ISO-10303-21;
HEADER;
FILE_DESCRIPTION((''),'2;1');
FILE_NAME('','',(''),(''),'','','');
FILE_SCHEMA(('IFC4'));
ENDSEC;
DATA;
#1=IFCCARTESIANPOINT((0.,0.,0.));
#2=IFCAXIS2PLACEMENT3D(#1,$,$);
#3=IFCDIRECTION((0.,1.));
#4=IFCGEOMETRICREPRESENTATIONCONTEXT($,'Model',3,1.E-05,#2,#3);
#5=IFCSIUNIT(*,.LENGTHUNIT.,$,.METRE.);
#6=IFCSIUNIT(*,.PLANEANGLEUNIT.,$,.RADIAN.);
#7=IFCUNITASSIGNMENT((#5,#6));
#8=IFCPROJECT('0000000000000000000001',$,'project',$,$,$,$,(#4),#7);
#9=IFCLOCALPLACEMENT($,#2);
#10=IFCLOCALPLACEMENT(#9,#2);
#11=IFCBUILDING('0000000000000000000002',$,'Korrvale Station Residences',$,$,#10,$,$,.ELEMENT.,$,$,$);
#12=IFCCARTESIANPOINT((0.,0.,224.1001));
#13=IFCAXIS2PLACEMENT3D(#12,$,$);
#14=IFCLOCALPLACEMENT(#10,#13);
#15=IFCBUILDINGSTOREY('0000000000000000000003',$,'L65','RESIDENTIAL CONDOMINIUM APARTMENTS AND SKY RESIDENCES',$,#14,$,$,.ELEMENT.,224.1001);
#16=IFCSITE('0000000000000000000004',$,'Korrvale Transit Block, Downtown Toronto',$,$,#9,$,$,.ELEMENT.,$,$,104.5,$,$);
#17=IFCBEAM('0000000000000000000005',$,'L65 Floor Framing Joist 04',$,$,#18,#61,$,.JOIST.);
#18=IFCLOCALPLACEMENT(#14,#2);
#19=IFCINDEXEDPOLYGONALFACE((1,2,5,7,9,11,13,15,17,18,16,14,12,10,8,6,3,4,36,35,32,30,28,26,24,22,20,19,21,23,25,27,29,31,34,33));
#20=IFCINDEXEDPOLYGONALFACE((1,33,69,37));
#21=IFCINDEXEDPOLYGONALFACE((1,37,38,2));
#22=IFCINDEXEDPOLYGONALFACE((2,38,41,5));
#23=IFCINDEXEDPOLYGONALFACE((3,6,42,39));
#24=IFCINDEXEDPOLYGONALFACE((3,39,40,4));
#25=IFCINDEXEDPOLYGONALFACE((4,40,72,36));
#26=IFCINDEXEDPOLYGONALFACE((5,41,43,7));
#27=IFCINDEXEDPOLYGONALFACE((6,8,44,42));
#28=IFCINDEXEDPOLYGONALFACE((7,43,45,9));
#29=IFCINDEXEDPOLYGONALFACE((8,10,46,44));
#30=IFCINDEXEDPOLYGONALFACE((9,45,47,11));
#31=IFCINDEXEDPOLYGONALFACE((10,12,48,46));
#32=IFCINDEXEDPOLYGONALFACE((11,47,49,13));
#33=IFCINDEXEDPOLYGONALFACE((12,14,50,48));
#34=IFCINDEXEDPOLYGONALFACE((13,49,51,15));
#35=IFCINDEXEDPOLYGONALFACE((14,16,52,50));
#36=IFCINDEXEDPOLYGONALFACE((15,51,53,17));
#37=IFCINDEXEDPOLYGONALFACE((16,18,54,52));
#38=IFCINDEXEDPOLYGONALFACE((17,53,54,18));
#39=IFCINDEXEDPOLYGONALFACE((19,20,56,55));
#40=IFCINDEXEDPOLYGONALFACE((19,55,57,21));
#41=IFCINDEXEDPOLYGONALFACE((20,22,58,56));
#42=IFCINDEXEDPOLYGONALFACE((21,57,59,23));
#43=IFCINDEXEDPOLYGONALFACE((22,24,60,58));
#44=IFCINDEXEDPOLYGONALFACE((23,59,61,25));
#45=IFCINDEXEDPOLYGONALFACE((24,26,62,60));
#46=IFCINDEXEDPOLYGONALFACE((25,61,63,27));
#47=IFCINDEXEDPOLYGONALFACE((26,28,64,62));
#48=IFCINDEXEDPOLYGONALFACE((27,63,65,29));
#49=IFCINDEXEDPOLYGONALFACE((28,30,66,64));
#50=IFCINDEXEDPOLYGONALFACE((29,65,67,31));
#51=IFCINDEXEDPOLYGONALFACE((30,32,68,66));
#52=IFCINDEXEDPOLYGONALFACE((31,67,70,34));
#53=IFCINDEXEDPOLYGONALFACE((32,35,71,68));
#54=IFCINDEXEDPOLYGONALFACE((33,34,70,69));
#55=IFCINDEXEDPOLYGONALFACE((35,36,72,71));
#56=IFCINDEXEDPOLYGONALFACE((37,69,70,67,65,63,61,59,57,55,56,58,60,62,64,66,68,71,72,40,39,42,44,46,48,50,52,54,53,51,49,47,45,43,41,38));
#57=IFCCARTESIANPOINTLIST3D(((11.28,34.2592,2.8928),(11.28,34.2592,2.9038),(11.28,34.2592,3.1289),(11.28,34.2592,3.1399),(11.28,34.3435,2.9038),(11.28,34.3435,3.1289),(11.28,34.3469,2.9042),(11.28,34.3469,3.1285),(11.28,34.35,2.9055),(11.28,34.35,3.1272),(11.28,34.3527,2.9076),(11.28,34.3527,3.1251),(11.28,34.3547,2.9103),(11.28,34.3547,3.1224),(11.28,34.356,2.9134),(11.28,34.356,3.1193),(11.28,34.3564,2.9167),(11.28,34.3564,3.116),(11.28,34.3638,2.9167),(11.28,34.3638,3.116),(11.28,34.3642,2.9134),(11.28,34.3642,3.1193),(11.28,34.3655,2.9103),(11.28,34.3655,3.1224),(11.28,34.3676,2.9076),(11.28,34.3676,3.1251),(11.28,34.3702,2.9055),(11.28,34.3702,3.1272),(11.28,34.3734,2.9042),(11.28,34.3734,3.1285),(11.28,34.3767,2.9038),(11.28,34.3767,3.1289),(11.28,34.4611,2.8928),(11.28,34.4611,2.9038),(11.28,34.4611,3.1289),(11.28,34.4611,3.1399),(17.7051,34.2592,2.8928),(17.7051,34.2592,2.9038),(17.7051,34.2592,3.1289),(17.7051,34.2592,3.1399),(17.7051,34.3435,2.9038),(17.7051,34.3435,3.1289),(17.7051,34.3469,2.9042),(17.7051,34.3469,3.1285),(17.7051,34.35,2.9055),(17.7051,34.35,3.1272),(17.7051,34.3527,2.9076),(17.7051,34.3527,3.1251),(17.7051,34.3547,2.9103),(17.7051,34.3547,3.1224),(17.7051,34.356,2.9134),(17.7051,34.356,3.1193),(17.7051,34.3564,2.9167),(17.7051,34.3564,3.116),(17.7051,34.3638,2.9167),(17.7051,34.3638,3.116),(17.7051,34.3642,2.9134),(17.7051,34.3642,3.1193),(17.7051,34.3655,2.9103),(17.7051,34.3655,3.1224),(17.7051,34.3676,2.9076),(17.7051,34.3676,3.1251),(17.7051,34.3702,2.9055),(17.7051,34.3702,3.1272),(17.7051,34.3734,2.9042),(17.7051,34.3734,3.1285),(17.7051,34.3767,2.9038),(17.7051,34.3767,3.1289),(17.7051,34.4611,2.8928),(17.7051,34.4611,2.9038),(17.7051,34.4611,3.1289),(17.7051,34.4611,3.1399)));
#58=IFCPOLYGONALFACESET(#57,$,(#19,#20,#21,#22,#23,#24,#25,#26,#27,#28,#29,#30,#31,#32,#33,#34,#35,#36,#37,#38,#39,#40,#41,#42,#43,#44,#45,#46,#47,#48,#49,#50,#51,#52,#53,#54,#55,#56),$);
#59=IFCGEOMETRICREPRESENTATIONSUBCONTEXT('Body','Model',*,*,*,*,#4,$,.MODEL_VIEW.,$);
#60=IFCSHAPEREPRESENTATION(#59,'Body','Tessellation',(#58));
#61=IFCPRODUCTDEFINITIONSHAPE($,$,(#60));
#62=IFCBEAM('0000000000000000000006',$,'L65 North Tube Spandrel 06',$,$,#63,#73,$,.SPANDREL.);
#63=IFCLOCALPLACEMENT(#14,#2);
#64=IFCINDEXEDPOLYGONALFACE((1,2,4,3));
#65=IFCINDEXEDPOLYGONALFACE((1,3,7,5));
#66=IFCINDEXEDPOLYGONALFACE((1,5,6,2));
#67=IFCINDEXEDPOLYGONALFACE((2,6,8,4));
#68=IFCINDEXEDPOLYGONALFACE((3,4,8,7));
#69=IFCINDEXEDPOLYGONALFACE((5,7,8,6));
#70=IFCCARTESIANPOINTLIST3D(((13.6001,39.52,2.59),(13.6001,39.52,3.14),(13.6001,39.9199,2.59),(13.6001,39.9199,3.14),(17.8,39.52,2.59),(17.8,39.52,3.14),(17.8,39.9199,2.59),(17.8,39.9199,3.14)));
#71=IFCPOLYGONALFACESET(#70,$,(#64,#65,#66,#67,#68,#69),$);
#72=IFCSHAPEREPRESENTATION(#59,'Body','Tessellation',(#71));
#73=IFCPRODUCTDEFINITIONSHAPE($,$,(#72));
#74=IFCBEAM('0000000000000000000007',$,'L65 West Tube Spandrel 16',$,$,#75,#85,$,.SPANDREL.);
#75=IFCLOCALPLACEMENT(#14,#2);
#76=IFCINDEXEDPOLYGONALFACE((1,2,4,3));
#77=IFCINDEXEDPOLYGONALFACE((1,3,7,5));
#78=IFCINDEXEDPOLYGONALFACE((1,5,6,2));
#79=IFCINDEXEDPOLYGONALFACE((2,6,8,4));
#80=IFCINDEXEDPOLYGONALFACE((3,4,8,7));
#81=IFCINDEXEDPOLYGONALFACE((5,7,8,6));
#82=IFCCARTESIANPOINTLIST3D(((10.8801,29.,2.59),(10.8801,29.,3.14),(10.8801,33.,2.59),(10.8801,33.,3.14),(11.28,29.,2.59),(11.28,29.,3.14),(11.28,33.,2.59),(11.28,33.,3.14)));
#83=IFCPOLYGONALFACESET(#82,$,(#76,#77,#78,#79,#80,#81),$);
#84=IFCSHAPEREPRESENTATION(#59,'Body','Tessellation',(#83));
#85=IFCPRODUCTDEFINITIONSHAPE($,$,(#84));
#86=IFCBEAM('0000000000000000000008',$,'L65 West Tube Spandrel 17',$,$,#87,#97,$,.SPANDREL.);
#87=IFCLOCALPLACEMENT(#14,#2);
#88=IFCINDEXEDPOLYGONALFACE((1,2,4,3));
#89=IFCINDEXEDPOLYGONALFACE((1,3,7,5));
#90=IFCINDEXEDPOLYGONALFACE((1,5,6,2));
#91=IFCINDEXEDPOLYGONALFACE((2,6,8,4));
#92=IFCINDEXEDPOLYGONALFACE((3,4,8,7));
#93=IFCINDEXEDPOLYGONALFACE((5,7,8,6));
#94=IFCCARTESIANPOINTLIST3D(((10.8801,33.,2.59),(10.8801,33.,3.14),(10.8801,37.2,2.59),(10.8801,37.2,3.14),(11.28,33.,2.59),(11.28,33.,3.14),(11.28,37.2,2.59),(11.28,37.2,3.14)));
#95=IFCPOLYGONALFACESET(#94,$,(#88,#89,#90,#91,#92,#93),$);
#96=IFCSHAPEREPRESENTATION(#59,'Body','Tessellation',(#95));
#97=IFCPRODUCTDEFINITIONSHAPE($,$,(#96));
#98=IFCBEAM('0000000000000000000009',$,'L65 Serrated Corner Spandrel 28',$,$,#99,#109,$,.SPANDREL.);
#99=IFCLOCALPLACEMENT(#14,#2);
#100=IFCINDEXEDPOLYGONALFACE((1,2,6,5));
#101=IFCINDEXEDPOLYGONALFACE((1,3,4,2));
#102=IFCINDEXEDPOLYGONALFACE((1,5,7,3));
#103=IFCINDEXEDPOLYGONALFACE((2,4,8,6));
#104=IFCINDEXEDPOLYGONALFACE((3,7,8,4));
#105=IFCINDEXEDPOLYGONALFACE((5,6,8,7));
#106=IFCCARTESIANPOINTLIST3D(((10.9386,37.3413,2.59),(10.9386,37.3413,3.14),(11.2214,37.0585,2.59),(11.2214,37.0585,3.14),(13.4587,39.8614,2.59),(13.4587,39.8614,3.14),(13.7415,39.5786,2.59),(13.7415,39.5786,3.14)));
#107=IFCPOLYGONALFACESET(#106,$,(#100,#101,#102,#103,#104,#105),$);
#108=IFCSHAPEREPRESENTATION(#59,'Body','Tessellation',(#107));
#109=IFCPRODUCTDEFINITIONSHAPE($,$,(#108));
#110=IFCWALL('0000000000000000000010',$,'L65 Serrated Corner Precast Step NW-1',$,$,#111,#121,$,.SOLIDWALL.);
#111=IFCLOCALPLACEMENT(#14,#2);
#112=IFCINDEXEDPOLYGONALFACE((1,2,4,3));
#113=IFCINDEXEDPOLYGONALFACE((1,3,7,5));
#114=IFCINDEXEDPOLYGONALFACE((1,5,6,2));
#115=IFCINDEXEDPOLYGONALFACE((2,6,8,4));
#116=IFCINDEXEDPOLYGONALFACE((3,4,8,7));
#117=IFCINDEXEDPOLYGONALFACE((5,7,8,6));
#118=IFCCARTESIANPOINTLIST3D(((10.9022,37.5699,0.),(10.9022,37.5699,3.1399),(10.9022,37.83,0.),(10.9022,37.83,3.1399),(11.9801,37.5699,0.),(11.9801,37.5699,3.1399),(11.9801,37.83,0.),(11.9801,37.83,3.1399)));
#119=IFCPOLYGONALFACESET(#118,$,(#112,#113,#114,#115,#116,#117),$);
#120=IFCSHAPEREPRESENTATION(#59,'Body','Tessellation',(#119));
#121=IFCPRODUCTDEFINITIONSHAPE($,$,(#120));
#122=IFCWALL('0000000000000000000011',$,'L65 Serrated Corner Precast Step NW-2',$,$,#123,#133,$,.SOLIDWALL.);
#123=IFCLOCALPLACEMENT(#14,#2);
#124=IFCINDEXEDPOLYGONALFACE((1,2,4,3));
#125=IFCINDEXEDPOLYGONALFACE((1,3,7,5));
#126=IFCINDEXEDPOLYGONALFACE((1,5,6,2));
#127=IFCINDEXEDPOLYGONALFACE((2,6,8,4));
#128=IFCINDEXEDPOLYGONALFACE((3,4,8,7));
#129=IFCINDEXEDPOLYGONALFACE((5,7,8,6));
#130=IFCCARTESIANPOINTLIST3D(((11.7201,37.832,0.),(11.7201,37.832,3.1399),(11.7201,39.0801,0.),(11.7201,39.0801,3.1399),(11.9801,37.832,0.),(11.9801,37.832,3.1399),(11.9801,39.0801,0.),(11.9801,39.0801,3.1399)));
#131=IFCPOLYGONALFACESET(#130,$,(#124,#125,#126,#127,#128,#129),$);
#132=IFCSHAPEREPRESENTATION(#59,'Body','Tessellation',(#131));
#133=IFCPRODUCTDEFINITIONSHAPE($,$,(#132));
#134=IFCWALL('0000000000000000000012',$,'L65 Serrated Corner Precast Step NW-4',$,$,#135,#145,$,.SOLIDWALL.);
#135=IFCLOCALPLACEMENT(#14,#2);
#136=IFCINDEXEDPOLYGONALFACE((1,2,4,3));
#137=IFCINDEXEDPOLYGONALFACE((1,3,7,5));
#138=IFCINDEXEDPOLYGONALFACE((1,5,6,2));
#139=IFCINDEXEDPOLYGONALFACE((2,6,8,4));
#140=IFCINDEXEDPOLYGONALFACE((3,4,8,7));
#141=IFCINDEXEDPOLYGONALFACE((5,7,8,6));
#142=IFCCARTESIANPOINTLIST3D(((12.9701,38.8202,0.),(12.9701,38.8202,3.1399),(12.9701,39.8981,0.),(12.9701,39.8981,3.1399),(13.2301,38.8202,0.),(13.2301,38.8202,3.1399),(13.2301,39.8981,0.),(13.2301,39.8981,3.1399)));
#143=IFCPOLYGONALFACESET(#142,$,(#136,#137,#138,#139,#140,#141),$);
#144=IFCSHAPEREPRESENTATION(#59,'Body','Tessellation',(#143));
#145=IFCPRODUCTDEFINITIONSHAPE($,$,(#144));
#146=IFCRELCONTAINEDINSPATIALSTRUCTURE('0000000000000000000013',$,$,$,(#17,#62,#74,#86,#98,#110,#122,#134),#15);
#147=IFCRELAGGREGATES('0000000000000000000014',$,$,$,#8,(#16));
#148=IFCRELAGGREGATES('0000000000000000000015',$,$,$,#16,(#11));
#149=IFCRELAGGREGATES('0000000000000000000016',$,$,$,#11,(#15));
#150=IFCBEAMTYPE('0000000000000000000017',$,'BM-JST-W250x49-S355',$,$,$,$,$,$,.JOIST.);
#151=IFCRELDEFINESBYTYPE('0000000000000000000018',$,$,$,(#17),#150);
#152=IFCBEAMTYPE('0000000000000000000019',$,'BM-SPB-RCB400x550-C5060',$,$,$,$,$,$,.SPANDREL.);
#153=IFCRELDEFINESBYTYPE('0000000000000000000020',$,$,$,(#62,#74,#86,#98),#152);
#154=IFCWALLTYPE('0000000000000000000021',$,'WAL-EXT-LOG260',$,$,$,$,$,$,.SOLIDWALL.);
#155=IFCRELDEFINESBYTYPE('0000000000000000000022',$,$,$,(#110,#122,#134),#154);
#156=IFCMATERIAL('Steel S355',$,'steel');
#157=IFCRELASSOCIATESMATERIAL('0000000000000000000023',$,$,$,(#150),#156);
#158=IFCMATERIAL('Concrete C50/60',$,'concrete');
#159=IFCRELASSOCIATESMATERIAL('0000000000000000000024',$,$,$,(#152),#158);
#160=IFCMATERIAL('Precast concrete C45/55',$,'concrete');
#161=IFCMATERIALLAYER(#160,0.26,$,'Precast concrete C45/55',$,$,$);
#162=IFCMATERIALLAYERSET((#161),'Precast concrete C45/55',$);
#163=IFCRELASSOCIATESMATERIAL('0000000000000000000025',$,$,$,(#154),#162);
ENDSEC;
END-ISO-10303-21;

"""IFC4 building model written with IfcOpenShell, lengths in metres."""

from ifc_helpers import new_model, si_unit, direction, frame, frame_2d, origin, origin_2d, place, context, subcontext, project, spatial, rectangle, i_section, extrude, material, layer, layer_set, material_profile, profile_set, type_object, element, save


model = new_model("IFC4")

# Units and contexts
model_context = context("Model", 3, precision=1e-05, world=origin(), true_north=direction((0.0, 1.0)))
body_context = subcontext(model_context, "Body", "Model", "MODEL_VIEW")
ifc_project = project(units=[si_unit("LENGTHUNIT", "METRE"), si_unit("PLANEANGLEUNIT", "RADIAN")], contexts=[model_context])

# Site, building, storey
site_placement = place(None, origin())
site = spatial("IfcSite", under=ifc_project, at=site_placement, Name="Korrvale Transit Block, Downtown Toronto", CompositionType="ELEMENT", RefElevation=104.5)
building_placement = place(site_placement, origin())
building = spatial("IfcBuilding", under=site, at=building_placement, Name="Korrvale Station Residences", CompositionType="ELEMENT")
storey_placement = place(building_placement, frame((0.0, 0.0, 224.1001)))
storey = spatial("IfcBuildingStorey", under=building, at=storey_placement, Name="L65", Description="RESIDENTIAL CONDOMINIUM APARTMENTS AND SKY RESIDENCES", CompositionType="ELEMENT", Elevation=224.1001)

# Shared definitions
ifc_material_1 = material(Name="Concrete C50/60", Category="concrete")

# Beams
ifc_material_2 = material(Name="Steel S355", Category="steel")
ifc_material_profile_1 = material_profile(ifc_material_2, i_section(OverallWidth=0.2019, OverallDepth=0.2471, WebThickness=0.0073, FlangeThickness=0.011, FilletRadius=0.0129, at=origin_2d()), Name="W250x49")
ifc_profile_set_1 = profile_set([ifc_material_profile_1], Name="Steel S355")
beam_type_1 = type_object("IfcBeamType", Name="BM-JST-W250x49-S355", PredefinedType="JOIST", material=ifc_profile_set_1)
beam_1_placement = place(storey_placement, frame((11.28, 34.3601, 3.0164), z_axis=(1.0, 0.0, 0.0), x_axis=(0.0, 1.0, 0.0)))
element("IfcBeam", 1, at=beam_1_placement, inside=storey, type_object=beam_type_1, Name="L65 Floor Framing Joist 04", PredefinedType="JOIST", context=body_context, shape_type="SweptSolid", body=[
    extrude(i_section(OverallWidth=0.2019, OverallDepth=0.2471, WebThickness=0.0073, FlangeThickness=0.011, FilletRadius=0.0129, at=origin_2d()), origin(), (0.0, 0.0, 1.0), 6.425),
])
ifc_material_profile_2 = material_profile(ifc_material_1, rectangle(XDim=0.3999, YDim=0.55, at=origin_2d()), Name="RCB400x550")
ifc_profile_set_2 = profile_set([ifc_material_profile_2], Name="Concrete C50/60")
beam_type_2 = type_object("IfcBeamType", Name="BM-SPB-RCB400x550-C5060", PredefinedType="SPANDREL", material=ifc_profile_set_2)
beam_2_placement = place(storey_placement, frame((13.6001, 39.72, 2.865), z_axis=(1.0, 0.0, 0.0), x_axis=(0.0, 1.0, 0.0)))
element("IfcBeam", 2, at=beam_2_placement, inside=storey, type_object=beam_type_2, Name="L65 North Tube Spandrel 06", PredefinedType="SPANDREL", context=body_context, shape_type="SweptSolid", body=[
    extrude(rectangle(XDim=0.3999, YDim=0.55, at=origin_2d()), origin(), (0.0, 0.0, 1.0), 4.2),
])
beam_3_placement = place(storey_placement, frame((11.0801, 29.0, 2.865), z_axis=(0.0, 1.0, 0.0), x_axis=(-1.0, 0.0, 0.0)))
element("IfcBeam", 3, at=beam_3_placement, inside=storey, type_object=beam_type_2, Name="L65 West Tube Spandrel 16", PredefinedType="SPANDREL", context=body_context, shape_type="SweptSolid", body=[
    extrude(rectangle(XDim=0.3999, YDim=0.55, at=origin_2d()), origin(), (0.0, 0.0, 1.0), 4.0),
])
beam_4_placement = place(storey_placement, frame((11.0801, 33.0, 2.865), z_axis=(0.0, 1.0, 0.0), x_axis=(-1.0, 0.0, 0.0)))
element("IfcBeam", 4, at=beam_4_placement, inside=storey, type_object=beam_type_2, Name="L65 West Tube Spandrel 17", PredefinedType="SPANDREL", context=body_context, shape_type="SweptSolid", body=[
    extrude(rectangle(XDim=0.3999, YDim=0.55, at=origin_2d()), origin(), (0.0, 0.0, 1.0), 4.2),
])
beam_5_placement = place(storey_placement, frame((13.6001, 39.72, 2.865), z_axis=(-0.707107, -0.707107, 0.0), x_axis=(0.707107, -0.707107, 0.0)))
element("IfcBeam", 5, at=beam_5_placement, inside=storey, type_object=beam_type_2, Name="L65 Serrated Corner Spandrel 28", PredefinedType="SPANDREL", context=body_context, shape_type="SweptSolid", body=[
    extrude(rectangle(XDim=0.3999, YDim=0.55, at=origin_2d()), origin(), (0.0, 0.0, 1.0), 3.564),
])

# Walls
ifc_material_3 = material(Name="Precast concrete C45/55", Category="concrete")
ifc_layer_1 = layer(ifc_material_3, 0.26, Name="Precast concrete C45/55")
ifc_layer_set_1 = layer_set([ifc_layer_1], Name="Precast concrete C45/55")
wall_type_1 = type_object("IfcWallType", Name="WAL-EXT-LOG260", PredefinedType="SOLIDWALL", material=ifc_layer_set_1)
wall_1_placement = place(storey_placement, frame((10.9021, 37.7, 0.0), z_axis=(0.0, 0.0, 1.0), x_axis=(1.0, 0.0, 0.0)))
element("IfcWall", 6, at=wall_1_placement, inside=storey, type_object=wall_type_1, Name="L65 Serrated Corner Precast Step NW-1", PredefinedType="SOLIDWALL", context=body_context, shape_type="SweptSolid", body=[
    extrude(rectangle(XDim=1.0779, YDim=0.26, at=frame_2d((0.5391, 0.0))), origin(), (0.0, 0.0, 1.0), 3.1399),
])
wall_2_placement = place(storey_placement, frame((11.8501, 37.832, 0.0), z_axis=(0.0, 0.0, 1.0), x_axis=(0.0, 1.0, 0.0)))
element("IfcWall", 7, at=wall_2_placement, inside=storey, type_object=wall_type_1, Name="L65 Serrated Corner Precast Step NW-2", PredefinedType="SOLIDWALL", context=body_context, shape_type="SweptSolid", body=[
    extrude(rectangle(XDim=1.248, YDim=0.26, at=frame_2d((0.624, 0.0))), origin(), (0.0, 0.0, 1.0), 3.1399),
])
wall_3_placement = place(storey_placement, frame((13.1001, 38.8201, 0.0), z_axis=(0.0, 0.0, 1.0), x_axis=(0.0, 1.0, 0.0)))
element("IfcWall", 8, at=wall_3_placement, inside=storey, type_object=wall_type_1, Name="L65 Serrated Corner Precast Step NW-4", PredefinedType="SOLIDWALL", context=body_context, shape_type="SweptSolid", body=[
    extrude(rectangle(XDim=1.0779, YDim=0.26, at=frame_2d((0.5391, 0.0))), origin(), (0.0, 0.0, 1.0), 3.1399),
])

save(model, "model.ifc")
